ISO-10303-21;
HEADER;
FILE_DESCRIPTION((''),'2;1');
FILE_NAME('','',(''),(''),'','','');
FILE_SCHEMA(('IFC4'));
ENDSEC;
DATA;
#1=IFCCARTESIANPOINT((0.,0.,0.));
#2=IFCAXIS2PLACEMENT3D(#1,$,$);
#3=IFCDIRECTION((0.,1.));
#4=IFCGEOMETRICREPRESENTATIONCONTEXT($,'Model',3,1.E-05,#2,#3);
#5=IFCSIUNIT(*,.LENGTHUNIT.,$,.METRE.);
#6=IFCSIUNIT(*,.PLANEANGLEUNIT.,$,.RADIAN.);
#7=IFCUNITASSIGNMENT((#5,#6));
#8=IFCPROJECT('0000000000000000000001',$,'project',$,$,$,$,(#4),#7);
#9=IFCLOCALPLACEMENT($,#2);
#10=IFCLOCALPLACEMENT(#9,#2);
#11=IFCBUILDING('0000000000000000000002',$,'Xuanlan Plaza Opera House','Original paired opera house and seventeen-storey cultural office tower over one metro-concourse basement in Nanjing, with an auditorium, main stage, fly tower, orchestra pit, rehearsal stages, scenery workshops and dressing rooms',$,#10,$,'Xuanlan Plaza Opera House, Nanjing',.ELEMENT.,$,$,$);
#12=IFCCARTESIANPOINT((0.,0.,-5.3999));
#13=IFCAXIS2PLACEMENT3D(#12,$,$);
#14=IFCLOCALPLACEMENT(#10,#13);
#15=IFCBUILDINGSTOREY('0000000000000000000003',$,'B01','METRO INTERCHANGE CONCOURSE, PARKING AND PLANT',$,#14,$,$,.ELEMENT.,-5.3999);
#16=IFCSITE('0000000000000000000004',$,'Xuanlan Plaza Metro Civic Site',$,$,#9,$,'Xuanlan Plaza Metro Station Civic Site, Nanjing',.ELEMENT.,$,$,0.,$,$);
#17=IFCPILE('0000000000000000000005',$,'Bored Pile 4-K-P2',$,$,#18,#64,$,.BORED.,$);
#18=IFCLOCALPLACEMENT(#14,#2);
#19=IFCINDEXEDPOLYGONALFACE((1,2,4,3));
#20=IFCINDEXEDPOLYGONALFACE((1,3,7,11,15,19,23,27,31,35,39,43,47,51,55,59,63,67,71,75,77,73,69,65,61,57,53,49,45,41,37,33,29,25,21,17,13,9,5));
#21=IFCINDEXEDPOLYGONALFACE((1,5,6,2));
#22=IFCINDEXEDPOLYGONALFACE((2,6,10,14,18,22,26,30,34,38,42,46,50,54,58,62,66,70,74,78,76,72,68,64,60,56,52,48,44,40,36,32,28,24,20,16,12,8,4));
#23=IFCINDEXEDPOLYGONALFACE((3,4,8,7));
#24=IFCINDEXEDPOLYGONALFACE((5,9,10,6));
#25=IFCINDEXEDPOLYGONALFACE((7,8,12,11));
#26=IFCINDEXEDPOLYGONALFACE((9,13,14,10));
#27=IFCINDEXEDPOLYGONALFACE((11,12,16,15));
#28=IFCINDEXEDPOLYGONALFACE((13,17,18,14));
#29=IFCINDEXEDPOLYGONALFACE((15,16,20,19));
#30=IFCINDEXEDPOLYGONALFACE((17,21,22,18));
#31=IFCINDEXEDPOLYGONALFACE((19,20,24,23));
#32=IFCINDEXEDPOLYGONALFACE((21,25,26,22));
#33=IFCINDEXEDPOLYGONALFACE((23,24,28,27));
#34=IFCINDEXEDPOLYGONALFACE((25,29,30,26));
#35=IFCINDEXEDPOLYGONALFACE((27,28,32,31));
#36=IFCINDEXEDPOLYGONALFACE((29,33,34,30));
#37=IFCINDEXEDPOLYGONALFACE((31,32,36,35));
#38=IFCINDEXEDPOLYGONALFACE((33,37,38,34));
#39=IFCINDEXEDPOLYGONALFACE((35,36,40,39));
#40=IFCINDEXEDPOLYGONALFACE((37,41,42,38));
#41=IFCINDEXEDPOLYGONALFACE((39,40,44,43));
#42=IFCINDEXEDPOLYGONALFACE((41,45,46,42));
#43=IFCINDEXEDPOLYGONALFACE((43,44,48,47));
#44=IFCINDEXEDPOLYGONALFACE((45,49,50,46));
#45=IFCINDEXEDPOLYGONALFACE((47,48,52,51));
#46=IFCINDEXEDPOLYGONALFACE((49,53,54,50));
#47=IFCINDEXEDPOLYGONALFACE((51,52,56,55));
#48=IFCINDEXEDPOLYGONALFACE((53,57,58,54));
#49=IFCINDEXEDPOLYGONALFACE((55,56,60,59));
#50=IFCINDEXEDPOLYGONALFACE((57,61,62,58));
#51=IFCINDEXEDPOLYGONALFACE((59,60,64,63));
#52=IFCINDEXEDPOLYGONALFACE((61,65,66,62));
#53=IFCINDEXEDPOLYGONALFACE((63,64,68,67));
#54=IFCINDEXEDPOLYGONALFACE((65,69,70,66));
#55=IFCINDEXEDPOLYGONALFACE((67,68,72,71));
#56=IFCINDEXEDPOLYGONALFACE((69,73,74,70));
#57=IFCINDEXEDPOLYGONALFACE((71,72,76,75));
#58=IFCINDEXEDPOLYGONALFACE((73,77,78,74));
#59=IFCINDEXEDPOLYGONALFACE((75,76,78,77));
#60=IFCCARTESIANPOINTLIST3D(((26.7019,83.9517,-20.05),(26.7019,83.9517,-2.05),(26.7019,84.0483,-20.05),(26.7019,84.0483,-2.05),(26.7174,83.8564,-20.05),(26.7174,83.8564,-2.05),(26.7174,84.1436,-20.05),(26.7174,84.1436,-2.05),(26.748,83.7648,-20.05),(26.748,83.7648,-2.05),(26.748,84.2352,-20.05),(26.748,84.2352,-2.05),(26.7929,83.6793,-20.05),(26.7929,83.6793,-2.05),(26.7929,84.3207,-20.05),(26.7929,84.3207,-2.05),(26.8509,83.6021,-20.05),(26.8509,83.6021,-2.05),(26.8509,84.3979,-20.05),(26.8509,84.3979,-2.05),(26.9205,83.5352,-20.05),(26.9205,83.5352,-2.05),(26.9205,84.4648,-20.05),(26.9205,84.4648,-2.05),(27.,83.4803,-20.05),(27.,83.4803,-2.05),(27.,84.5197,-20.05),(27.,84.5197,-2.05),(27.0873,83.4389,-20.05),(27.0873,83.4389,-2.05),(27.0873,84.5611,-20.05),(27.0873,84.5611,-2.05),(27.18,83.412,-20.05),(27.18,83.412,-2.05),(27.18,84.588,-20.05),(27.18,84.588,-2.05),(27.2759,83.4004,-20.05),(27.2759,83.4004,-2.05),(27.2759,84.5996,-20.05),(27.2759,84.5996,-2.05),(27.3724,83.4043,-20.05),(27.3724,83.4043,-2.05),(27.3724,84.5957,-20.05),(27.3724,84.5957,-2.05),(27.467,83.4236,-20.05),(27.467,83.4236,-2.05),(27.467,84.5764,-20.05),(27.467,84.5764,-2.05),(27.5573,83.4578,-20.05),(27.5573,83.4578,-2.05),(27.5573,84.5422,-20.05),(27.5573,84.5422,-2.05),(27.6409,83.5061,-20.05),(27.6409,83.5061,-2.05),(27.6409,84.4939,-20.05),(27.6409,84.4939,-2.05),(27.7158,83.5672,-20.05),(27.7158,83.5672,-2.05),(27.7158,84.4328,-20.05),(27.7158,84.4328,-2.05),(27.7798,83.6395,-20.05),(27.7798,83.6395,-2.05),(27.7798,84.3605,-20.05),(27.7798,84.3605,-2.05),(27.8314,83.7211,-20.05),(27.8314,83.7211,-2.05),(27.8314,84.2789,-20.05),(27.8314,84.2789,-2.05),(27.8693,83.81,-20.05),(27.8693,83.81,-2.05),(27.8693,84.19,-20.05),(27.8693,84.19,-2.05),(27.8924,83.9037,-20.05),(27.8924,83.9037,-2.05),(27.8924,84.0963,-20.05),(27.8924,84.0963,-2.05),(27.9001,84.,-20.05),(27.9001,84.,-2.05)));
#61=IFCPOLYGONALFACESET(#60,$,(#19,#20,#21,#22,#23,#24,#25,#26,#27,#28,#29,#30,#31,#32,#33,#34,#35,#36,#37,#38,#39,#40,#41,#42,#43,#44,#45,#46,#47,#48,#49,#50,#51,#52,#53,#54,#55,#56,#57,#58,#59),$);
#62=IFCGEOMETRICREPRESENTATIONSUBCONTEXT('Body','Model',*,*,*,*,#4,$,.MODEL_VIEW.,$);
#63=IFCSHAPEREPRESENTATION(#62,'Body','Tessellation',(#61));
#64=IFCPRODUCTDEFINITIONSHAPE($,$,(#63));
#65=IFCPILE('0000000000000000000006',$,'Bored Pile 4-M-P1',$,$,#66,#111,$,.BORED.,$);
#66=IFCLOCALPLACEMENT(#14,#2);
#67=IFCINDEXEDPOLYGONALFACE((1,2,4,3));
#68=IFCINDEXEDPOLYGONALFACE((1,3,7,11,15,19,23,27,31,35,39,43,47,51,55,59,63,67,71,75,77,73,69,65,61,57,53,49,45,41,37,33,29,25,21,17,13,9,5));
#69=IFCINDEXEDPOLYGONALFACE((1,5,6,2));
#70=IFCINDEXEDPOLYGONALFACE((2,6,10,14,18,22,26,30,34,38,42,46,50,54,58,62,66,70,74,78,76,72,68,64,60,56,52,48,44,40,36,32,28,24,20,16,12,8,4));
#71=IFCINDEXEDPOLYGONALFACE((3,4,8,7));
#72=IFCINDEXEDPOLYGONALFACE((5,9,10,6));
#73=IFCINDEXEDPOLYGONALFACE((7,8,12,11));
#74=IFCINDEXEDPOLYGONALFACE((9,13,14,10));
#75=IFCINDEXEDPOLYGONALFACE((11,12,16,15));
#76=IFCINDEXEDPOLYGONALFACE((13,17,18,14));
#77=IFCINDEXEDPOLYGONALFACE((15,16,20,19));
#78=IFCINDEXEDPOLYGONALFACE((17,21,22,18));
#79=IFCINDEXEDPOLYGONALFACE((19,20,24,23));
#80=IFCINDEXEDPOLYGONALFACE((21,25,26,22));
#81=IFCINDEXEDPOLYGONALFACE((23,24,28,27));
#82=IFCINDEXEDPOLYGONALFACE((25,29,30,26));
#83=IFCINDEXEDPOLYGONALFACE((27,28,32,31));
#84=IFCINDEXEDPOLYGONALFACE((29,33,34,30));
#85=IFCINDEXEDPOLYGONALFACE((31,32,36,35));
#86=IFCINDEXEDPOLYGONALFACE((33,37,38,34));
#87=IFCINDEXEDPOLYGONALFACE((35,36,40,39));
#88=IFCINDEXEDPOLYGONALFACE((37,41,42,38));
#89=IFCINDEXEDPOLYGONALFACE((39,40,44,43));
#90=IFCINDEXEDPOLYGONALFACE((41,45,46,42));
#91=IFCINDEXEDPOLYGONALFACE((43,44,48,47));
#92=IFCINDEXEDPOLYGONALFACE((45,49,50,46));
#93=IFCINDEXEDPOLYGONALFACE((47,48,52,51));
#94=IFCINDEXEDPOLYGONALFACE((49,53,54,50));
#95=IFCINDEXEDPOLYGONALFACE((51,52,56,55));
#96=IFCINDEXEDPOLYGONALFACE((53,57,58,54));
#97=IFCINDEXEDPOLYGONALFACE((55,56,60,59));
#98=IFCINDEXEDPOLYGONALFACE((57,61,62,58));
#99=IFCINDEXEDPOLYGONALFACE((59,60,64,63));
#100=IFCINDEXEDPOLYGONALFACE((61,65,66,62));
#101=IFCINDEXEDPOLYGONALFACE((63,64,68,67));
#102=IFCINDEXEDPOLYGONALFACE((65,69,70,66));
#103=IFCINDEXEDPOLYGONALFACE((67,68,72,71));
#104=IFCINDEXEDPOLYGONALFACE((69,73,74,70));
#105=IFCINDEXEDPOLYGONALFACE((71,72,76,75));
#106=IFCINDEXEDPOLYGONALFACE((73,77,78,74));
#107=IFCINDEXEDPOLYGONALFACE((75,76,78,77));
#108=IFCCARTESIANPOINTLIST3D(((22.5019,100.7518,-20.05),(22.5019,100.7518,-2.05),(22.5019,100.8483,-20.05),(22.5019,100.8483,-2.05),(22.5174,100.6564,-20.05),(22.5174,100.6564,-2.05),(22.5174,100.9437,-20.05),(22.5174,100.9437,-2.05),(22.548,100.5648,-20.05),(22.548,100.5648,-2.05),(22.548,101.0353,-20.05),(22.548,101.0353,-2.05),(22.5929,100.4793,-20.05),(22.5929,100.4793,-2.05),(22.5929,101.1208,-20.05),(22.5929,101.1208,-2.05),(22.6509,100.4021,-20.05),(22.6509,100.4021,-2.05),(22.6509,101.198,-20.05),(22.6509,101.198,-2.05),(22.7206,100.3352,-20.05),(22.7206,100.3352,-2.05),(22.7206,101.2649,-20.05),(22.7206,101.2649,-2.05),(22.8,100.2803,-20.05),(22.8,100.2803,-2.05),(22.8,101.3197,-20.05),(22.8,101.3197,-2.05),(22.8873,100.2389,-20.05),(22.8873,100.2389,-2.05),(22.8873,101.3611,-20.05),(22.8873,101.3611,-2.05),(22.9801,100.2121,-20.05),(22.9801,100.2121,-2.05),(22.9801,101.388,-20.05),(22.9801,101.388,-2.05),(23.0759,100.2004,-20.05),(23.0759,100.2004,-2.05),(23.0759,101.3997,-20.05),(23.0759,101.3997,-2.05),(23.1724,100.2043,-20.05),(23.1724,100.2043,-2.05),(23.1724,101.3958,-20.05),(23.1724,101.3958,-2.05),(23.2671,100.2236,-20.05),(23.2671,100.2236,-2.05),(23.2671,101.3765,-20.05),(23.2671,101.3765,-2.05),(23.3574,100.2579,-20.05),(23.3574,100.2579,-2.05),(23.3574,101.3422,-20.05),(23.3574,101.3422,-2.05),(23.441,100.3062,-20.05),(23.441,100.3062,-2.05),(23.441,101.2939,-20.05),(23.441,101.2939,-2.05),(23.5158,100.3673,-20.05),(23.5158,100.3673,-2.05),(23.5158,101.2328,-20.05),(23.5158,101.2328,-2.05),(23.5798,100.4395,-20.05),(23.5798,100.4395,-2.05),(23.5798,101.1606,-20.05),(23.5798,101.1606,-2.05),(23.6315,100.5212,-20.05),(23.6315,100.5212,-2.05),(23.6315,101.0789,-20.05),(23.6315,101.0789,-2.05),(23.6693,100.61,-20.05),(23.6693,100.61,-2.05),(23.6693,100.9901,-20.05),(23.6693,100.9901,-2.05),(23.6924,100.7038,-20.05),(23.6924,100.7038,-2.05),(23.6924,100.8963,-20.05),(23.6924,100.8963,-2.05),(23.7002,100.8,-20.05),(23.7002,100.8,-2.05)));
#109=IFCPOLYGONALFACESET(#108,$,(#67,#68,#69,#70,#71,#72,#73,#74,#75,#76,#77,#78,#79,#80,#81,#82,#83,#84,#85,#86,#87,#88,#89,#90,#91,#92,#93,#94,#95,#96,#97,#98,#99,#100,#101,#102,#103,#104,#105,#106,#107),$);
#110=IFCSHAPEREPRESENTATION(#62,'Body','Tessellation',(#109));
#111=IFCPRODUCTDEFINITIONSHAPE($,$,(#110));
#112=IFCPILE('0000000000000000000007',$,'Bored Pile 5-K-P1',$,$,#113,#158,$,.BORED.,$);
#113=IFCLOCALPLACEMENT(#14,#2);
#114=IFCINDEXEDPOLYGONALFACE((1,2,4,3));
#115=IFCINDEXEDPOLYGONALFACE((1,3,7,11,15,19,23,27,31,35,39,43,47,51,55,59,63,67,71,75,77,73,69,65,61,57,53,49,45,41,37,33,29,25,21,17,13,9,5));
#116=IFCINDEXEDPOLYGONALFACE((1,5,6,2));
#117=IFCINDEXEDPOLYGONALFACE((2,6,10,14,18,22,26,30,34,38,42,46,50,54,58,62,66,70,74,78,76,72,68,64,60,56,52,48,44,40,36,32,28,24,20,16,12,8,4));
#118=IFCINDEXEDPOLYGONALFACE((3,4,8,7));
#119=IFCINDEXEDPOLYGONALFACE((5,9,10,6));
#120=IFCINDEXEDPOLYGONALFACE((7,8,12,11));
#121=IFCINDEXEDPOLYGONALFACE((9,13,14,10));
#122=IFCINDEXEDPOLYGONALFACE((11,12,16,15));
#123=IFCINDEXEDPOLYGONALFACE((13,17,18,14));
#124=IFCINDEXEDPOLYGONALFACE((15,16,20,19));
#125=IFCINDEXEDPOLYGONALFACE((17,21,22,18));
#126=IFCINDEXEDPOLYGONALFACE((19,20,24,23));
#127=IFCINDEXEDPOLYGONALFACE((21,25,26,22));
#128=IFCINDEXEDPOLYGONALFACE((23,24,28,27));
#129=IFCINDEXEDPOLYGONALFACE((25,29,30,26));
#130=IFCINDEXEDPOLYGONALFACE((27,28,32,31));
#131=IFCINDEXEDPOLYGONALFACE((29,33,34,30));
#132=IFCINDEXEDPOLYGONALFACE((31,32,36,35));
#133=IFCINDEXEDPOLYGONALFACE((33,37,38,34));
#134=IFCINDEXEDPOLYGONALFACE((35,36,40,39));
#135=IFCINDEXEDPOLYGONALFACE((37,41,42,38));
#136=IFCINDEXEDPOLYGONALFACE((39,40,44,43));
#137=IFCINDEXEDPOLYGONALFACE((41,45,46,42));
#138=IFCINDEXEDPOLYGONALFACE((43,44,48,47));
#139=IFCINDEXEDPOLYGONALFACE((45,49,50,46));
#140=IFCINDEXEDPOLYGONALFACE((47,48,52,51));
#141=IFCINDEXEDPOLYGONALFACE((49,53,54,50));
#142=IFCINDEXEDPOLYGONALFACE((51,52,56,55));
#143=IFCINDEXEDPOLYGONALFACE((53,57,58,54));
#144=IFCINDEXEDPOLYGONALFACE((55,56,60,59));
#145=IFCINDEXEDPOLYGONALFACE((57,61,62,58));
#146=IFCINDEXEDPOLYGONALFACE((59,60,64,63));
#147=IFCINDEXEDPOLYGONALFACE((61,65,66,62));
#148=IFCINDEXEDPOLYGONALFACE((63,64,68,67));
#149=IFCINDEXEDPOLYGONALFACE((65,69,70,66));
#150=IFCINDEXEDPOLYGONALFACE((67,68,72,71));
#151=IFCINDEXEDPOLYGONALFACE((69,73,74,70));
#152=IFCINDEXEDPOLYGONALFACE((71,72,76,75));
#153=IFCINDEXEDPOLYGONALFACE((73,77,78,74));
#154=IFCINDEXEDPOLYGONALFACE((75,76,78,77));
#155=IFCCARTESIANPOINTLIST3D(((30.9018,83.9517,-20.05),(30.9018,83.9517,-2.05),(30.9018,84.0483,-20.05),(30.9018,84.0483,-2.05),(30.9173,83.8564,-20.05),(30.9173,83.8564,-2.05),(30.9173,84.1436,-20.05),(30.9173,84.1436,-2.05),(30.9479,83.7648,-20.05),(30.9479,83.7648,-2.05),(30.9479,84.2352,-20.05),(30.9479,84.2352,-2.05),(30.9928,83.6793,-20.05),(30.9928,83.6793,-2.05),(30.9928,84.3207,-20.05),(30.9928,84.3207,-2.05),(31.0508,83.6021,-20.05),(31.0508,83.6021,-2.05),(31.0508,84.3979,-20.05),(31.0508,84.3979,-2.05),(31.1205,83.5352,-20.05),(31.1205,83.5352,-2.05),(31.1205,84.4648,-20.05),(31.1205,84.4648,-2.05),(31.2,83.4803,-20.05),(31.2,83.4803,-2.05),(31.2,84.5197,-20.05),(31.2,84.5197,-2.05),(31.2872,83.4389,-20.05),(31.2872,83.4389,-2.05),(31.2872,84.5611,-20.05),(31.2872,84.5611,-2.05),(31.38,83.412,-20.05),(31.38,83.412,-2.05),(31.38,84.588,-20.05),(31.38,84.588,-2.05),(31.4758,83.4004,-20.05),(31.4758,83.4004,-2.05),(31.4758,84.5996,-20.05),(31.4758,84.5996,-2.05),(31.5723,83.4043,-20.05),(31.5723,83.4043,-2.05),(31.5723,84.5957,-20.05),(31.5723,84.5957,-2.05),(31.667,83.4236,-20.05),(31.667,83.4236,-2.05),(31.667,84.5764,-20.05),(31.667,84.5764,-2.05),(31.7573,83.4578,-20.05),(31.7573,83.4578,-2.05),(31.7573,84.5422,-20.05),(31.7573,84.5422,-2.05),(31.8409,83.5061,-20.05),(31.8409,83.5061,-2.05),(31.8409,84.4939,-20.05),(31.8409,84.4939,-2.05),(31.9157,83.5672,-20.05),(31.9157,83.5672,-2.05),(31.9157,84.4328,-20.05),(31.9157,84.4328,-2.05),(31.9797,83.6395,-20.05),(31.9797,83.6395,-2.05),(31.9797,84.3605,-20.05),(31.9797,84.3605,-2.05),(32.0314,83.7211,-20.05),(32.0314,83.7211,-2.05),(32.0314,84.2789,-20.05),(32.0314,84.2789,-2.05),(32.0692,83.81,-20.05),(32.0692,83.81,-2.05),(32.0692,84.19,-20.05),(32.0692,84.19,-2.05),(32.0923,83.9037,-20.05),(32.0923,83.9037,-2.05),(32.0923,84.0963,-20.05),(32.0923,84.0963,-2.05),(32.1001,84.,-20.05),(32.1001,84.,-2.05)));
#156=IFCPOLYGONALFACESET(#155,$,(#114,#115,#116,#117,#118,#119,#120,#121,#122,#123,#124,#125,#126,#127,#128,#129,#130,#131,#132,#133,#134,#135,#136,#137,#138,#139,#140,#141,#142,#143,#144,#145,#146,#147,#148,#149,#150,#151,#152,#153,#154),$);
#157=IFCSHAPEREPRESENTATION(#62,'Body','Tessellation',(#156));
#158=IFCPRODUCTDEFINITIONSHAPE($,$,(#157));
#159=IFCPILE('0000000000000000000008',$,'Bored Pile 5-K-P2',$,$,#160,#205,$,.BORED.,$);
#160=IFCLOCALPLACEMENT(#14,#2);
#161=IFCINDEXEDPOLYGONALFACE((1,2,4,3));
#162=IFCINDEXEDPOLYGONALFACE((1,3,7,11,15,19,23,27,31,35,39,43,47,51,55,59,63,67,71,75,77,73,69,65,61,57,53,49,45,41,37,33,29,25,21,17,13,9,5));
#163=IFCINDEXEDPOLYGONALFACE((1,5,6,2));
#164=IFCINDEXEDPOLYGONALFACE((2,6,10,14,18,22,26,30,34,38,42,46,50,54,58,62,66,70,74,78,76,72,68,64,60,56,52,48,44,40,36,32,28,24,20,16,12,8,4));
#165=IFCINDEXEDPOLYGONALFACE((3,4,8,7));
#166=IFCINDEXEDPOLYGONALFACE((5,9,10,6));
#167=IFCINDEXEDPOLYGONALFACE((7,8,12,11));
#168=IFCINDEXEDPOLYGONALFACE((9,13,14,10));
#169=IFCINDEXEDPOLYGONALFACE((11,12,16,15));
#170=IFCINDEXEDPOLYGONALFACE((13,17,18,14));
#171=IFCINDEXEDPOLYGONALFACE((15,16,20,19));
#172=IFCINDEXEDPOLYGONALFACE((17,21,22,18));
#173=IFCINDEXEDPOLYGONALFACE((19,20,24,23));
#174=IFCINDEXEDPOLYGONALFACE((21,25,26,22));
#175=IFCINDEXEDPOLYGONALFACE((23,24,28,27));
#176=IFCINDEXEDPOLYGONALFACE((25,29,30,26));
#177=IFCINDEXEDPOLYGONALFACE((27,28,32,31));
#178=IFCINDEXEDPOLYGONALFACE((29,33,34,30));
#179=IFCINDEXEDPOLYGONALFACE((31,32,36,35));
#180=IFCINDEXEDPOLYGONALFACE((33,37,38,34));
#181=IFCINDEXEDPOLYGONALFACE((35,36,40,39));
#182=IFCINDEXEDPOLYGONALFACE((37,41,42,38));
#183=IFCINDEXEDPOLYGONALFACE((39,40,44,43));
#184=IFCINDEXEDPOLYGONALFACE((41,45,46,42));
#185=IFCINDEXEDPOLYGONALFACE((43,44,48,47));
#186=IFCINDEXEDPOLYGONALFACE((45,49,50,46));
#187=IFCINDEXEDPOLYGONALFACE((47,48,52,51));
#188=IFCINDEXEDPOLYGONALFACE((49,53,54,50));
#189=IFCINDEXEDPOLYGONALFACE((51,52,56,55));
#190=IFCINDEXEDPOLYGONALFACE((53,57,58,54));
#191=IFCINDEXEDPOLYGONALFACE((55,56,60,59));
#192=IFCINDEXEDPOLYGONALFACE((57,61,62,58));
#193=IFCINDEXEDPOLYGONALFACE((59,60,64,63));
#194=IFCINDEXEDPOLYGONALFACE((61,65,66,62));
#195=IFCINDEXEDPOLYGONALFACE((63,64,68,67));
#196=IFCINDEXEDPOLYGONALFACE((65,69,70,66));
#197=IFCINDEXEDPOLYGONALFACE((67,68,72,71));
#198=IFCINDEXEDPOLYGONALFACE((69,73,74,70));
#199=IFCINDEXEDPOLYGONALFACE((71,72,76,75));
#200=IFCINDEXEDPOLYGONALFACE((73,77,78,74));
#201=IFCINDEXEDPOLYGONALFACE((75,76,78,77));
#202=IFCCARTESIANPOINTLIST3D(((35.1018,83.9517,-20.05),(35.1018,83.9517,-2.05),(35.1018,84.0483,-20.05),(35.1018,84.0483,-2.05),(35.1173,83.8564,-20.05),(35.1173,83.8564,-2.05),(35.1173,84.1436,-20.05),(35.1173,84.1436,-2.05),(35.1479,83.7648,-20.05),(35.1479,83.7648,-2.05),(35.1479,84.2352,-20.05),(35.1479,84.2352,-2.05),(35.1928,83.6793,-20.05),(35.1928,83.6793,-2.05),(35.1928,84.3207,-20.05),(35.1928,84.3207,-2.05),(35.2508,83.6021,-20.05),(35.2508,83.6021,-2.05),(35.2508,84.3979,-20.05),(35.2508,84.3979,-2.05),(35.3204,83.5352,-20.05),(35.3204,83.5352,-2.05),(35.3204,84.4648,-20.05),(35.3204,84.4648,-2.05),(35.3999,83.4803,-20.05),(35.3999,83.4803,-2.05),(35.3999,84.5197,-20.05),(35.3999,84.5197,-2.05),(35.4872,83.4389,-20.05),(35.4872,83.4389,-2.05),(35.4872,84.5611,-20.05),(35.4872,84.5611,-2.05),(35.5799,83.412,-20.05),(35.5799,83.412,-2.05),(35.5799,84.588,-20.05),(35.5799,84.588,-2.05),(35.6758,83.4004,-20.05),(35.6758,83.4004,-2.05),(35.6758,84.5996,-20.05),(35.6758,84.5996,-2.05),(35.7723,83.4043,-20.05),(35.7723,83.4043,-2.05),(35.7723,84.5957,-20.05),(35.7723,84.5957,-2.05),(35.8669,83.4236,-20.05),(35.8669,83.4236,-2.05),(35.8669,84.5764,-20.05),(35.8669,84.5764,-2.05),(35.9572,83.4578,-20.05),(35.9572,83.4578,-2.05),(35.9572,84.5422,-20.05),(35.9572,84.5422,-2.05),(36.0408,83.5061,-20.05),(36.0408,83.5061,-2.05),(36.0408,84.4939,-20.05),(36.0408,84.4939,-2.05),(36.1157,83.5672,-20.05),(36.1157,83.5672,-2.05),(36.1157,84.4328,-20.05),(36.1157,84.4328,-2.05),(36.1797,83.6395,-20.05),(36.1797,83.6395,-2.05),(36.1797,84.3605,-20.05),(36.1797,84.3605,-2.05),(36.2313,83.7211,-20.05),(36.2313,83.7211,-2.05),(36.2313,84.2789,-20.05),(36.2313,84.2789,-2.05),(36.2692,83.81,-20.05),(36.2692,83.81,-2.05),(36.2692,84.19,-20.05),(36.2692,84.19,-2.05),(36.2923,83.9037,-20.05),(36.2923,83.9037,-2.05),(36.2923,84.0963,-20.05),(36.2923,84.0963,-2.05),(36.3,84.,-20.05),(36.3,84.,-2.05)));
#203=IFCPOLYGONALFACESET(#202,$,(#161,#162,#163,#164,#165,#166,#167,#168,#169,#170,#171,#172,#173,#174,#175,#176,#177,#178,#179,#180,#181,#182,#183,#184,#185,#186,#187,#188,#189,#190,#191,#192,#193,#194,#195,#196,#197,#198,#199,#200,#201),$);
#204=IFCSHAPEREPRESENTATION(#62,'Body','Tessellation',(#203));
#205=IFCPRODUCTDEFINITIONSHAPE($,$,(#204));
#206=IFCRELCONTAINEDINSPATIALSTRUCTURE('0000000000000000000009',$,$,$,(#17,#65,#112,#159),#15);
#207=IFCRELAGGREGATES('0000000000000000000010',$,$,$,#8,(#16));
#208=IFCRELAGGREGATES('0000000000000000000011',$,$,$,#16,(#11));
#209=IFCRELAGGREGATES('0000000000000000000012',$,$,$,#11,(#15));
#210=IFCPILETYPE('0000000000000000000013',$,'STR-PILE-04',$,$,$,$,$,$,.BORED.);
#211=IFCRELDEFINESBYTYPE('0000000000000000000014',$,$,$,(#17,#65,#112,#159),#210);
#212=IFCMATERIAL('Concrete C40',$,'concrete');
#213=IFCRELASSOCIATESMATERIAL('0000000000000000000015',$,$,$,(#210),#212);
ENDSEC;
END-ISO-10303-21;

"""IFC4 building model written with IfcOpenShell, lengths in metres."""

from ifc_helpers import new_model, si_unit, direction, frame, origin, origin_2d, place, context, subcontext, project, spatial, circle, extrude, material, material_profile, profile_set, type_object, element, save


model = new_model("IFC4")

# Units and contexts
model_context = context("Model", 3, precision=1e-05, world=origin(), true_north=direction((0.0, 1.0)))
body_context = subcontext(model_context, "Body", "Model", "MODEL_VIEW")
ifc_project = project(units=[si_unit("LENGTHUNIT", "METRE"), si_unit("PLANEANGLEUNIT", "RADIAN")], contexts=[model_context])

# Site, building, storey
site_placement = place(None, origin())
site = spatial("IfcSite", under=ifc_project, at=site_placement, Name="Xuanlan Plaza Metro Civic Site", LongName="Xuanlan Plaza Metro Station Civic Site, Nanjing", CompositionType="ELEMENT", RefElevation=0.0)
building_placement = place(site_placement, origin())
building = spatial("IfcBuilding", under=site, at=building_placement, Name="Xuanlan Plaza Opera House", Description="Original paired opera house and seventeen-storey cultural office tower over one metro-concourse basement in Nanjing, with an auditorium, main stage, fly tower, orchestra pit, rehearsal stages, scenery workshops and dressing rooms", LongName="Xuanlan Plaza Opera House, Nanjing", CompositionType="ELEMENT")
storey_placement = place(building_placement, frame((0.0, 0.0, -5.3999)))
storey = spatial("IfcBuildingStorey", under=building, at=storey_placement, Name="B01", Description="METRO INTERCHANGE CONCOURSE, PARKING AND PLANT", CompositionType="ELEMENT", Elevation=-5.3999)

# Piles
ifc_material_1 = material(Name="Concrete C40", Category="concrete")
ifc_material_profile_1 = material_profile(ifc_material_1, circle(Radius=0.6001, at=origin_2d()), Name="PILE D1200")
ifc_profile_set_1 = profile_set([ifc_material_profile_1], Name="Concrete C40")
pile_type = type_object("IfcPileType", Name="STR-PILE-04", PredefinedType="BORED", material=ifc_profile_set_1)
for number, where, z_axis, x_axis, name in (
    (1, (27.3, 84.0, -2.05), (0.0, 0.0, -1.0), (1.0, 0.0, 0.0), "Bored Pile 4-K-P2"),
    (2, (23.1001, 100.8, -2.05), (0.0, 0.0, -1.0), (1.0, 0.0, 0.0), "Bored Pile 4-M-P1"),
    (3, (31.5, 84.0, -2.05), (0.0, 0.0, -1.0), (1.0, 0.0, 0.0), "Bored Pile 5-K-P1"),
    (4, (35.7, 84.0, -2.05), (0.0, 0.0, -1.0), (1.0, 0.0, 0.0), "Bored Pile 5-K-P2"),
):
    element("IfcPile", number, at=place(storey_placement, frame(where, z_axis=z_axis, x_axis=x_axis)), inside=storey, type_object=pile_type, Name=name, PredefinedType="BORED", context=body_context, shape_type="SweptSolid", body=[
        extrude(circle(Radius=0.6001, at=origin_2d()), origin(), (0.0, 0.0, 1.0), 18.0),
    ])

save(model, "model.ifc")
